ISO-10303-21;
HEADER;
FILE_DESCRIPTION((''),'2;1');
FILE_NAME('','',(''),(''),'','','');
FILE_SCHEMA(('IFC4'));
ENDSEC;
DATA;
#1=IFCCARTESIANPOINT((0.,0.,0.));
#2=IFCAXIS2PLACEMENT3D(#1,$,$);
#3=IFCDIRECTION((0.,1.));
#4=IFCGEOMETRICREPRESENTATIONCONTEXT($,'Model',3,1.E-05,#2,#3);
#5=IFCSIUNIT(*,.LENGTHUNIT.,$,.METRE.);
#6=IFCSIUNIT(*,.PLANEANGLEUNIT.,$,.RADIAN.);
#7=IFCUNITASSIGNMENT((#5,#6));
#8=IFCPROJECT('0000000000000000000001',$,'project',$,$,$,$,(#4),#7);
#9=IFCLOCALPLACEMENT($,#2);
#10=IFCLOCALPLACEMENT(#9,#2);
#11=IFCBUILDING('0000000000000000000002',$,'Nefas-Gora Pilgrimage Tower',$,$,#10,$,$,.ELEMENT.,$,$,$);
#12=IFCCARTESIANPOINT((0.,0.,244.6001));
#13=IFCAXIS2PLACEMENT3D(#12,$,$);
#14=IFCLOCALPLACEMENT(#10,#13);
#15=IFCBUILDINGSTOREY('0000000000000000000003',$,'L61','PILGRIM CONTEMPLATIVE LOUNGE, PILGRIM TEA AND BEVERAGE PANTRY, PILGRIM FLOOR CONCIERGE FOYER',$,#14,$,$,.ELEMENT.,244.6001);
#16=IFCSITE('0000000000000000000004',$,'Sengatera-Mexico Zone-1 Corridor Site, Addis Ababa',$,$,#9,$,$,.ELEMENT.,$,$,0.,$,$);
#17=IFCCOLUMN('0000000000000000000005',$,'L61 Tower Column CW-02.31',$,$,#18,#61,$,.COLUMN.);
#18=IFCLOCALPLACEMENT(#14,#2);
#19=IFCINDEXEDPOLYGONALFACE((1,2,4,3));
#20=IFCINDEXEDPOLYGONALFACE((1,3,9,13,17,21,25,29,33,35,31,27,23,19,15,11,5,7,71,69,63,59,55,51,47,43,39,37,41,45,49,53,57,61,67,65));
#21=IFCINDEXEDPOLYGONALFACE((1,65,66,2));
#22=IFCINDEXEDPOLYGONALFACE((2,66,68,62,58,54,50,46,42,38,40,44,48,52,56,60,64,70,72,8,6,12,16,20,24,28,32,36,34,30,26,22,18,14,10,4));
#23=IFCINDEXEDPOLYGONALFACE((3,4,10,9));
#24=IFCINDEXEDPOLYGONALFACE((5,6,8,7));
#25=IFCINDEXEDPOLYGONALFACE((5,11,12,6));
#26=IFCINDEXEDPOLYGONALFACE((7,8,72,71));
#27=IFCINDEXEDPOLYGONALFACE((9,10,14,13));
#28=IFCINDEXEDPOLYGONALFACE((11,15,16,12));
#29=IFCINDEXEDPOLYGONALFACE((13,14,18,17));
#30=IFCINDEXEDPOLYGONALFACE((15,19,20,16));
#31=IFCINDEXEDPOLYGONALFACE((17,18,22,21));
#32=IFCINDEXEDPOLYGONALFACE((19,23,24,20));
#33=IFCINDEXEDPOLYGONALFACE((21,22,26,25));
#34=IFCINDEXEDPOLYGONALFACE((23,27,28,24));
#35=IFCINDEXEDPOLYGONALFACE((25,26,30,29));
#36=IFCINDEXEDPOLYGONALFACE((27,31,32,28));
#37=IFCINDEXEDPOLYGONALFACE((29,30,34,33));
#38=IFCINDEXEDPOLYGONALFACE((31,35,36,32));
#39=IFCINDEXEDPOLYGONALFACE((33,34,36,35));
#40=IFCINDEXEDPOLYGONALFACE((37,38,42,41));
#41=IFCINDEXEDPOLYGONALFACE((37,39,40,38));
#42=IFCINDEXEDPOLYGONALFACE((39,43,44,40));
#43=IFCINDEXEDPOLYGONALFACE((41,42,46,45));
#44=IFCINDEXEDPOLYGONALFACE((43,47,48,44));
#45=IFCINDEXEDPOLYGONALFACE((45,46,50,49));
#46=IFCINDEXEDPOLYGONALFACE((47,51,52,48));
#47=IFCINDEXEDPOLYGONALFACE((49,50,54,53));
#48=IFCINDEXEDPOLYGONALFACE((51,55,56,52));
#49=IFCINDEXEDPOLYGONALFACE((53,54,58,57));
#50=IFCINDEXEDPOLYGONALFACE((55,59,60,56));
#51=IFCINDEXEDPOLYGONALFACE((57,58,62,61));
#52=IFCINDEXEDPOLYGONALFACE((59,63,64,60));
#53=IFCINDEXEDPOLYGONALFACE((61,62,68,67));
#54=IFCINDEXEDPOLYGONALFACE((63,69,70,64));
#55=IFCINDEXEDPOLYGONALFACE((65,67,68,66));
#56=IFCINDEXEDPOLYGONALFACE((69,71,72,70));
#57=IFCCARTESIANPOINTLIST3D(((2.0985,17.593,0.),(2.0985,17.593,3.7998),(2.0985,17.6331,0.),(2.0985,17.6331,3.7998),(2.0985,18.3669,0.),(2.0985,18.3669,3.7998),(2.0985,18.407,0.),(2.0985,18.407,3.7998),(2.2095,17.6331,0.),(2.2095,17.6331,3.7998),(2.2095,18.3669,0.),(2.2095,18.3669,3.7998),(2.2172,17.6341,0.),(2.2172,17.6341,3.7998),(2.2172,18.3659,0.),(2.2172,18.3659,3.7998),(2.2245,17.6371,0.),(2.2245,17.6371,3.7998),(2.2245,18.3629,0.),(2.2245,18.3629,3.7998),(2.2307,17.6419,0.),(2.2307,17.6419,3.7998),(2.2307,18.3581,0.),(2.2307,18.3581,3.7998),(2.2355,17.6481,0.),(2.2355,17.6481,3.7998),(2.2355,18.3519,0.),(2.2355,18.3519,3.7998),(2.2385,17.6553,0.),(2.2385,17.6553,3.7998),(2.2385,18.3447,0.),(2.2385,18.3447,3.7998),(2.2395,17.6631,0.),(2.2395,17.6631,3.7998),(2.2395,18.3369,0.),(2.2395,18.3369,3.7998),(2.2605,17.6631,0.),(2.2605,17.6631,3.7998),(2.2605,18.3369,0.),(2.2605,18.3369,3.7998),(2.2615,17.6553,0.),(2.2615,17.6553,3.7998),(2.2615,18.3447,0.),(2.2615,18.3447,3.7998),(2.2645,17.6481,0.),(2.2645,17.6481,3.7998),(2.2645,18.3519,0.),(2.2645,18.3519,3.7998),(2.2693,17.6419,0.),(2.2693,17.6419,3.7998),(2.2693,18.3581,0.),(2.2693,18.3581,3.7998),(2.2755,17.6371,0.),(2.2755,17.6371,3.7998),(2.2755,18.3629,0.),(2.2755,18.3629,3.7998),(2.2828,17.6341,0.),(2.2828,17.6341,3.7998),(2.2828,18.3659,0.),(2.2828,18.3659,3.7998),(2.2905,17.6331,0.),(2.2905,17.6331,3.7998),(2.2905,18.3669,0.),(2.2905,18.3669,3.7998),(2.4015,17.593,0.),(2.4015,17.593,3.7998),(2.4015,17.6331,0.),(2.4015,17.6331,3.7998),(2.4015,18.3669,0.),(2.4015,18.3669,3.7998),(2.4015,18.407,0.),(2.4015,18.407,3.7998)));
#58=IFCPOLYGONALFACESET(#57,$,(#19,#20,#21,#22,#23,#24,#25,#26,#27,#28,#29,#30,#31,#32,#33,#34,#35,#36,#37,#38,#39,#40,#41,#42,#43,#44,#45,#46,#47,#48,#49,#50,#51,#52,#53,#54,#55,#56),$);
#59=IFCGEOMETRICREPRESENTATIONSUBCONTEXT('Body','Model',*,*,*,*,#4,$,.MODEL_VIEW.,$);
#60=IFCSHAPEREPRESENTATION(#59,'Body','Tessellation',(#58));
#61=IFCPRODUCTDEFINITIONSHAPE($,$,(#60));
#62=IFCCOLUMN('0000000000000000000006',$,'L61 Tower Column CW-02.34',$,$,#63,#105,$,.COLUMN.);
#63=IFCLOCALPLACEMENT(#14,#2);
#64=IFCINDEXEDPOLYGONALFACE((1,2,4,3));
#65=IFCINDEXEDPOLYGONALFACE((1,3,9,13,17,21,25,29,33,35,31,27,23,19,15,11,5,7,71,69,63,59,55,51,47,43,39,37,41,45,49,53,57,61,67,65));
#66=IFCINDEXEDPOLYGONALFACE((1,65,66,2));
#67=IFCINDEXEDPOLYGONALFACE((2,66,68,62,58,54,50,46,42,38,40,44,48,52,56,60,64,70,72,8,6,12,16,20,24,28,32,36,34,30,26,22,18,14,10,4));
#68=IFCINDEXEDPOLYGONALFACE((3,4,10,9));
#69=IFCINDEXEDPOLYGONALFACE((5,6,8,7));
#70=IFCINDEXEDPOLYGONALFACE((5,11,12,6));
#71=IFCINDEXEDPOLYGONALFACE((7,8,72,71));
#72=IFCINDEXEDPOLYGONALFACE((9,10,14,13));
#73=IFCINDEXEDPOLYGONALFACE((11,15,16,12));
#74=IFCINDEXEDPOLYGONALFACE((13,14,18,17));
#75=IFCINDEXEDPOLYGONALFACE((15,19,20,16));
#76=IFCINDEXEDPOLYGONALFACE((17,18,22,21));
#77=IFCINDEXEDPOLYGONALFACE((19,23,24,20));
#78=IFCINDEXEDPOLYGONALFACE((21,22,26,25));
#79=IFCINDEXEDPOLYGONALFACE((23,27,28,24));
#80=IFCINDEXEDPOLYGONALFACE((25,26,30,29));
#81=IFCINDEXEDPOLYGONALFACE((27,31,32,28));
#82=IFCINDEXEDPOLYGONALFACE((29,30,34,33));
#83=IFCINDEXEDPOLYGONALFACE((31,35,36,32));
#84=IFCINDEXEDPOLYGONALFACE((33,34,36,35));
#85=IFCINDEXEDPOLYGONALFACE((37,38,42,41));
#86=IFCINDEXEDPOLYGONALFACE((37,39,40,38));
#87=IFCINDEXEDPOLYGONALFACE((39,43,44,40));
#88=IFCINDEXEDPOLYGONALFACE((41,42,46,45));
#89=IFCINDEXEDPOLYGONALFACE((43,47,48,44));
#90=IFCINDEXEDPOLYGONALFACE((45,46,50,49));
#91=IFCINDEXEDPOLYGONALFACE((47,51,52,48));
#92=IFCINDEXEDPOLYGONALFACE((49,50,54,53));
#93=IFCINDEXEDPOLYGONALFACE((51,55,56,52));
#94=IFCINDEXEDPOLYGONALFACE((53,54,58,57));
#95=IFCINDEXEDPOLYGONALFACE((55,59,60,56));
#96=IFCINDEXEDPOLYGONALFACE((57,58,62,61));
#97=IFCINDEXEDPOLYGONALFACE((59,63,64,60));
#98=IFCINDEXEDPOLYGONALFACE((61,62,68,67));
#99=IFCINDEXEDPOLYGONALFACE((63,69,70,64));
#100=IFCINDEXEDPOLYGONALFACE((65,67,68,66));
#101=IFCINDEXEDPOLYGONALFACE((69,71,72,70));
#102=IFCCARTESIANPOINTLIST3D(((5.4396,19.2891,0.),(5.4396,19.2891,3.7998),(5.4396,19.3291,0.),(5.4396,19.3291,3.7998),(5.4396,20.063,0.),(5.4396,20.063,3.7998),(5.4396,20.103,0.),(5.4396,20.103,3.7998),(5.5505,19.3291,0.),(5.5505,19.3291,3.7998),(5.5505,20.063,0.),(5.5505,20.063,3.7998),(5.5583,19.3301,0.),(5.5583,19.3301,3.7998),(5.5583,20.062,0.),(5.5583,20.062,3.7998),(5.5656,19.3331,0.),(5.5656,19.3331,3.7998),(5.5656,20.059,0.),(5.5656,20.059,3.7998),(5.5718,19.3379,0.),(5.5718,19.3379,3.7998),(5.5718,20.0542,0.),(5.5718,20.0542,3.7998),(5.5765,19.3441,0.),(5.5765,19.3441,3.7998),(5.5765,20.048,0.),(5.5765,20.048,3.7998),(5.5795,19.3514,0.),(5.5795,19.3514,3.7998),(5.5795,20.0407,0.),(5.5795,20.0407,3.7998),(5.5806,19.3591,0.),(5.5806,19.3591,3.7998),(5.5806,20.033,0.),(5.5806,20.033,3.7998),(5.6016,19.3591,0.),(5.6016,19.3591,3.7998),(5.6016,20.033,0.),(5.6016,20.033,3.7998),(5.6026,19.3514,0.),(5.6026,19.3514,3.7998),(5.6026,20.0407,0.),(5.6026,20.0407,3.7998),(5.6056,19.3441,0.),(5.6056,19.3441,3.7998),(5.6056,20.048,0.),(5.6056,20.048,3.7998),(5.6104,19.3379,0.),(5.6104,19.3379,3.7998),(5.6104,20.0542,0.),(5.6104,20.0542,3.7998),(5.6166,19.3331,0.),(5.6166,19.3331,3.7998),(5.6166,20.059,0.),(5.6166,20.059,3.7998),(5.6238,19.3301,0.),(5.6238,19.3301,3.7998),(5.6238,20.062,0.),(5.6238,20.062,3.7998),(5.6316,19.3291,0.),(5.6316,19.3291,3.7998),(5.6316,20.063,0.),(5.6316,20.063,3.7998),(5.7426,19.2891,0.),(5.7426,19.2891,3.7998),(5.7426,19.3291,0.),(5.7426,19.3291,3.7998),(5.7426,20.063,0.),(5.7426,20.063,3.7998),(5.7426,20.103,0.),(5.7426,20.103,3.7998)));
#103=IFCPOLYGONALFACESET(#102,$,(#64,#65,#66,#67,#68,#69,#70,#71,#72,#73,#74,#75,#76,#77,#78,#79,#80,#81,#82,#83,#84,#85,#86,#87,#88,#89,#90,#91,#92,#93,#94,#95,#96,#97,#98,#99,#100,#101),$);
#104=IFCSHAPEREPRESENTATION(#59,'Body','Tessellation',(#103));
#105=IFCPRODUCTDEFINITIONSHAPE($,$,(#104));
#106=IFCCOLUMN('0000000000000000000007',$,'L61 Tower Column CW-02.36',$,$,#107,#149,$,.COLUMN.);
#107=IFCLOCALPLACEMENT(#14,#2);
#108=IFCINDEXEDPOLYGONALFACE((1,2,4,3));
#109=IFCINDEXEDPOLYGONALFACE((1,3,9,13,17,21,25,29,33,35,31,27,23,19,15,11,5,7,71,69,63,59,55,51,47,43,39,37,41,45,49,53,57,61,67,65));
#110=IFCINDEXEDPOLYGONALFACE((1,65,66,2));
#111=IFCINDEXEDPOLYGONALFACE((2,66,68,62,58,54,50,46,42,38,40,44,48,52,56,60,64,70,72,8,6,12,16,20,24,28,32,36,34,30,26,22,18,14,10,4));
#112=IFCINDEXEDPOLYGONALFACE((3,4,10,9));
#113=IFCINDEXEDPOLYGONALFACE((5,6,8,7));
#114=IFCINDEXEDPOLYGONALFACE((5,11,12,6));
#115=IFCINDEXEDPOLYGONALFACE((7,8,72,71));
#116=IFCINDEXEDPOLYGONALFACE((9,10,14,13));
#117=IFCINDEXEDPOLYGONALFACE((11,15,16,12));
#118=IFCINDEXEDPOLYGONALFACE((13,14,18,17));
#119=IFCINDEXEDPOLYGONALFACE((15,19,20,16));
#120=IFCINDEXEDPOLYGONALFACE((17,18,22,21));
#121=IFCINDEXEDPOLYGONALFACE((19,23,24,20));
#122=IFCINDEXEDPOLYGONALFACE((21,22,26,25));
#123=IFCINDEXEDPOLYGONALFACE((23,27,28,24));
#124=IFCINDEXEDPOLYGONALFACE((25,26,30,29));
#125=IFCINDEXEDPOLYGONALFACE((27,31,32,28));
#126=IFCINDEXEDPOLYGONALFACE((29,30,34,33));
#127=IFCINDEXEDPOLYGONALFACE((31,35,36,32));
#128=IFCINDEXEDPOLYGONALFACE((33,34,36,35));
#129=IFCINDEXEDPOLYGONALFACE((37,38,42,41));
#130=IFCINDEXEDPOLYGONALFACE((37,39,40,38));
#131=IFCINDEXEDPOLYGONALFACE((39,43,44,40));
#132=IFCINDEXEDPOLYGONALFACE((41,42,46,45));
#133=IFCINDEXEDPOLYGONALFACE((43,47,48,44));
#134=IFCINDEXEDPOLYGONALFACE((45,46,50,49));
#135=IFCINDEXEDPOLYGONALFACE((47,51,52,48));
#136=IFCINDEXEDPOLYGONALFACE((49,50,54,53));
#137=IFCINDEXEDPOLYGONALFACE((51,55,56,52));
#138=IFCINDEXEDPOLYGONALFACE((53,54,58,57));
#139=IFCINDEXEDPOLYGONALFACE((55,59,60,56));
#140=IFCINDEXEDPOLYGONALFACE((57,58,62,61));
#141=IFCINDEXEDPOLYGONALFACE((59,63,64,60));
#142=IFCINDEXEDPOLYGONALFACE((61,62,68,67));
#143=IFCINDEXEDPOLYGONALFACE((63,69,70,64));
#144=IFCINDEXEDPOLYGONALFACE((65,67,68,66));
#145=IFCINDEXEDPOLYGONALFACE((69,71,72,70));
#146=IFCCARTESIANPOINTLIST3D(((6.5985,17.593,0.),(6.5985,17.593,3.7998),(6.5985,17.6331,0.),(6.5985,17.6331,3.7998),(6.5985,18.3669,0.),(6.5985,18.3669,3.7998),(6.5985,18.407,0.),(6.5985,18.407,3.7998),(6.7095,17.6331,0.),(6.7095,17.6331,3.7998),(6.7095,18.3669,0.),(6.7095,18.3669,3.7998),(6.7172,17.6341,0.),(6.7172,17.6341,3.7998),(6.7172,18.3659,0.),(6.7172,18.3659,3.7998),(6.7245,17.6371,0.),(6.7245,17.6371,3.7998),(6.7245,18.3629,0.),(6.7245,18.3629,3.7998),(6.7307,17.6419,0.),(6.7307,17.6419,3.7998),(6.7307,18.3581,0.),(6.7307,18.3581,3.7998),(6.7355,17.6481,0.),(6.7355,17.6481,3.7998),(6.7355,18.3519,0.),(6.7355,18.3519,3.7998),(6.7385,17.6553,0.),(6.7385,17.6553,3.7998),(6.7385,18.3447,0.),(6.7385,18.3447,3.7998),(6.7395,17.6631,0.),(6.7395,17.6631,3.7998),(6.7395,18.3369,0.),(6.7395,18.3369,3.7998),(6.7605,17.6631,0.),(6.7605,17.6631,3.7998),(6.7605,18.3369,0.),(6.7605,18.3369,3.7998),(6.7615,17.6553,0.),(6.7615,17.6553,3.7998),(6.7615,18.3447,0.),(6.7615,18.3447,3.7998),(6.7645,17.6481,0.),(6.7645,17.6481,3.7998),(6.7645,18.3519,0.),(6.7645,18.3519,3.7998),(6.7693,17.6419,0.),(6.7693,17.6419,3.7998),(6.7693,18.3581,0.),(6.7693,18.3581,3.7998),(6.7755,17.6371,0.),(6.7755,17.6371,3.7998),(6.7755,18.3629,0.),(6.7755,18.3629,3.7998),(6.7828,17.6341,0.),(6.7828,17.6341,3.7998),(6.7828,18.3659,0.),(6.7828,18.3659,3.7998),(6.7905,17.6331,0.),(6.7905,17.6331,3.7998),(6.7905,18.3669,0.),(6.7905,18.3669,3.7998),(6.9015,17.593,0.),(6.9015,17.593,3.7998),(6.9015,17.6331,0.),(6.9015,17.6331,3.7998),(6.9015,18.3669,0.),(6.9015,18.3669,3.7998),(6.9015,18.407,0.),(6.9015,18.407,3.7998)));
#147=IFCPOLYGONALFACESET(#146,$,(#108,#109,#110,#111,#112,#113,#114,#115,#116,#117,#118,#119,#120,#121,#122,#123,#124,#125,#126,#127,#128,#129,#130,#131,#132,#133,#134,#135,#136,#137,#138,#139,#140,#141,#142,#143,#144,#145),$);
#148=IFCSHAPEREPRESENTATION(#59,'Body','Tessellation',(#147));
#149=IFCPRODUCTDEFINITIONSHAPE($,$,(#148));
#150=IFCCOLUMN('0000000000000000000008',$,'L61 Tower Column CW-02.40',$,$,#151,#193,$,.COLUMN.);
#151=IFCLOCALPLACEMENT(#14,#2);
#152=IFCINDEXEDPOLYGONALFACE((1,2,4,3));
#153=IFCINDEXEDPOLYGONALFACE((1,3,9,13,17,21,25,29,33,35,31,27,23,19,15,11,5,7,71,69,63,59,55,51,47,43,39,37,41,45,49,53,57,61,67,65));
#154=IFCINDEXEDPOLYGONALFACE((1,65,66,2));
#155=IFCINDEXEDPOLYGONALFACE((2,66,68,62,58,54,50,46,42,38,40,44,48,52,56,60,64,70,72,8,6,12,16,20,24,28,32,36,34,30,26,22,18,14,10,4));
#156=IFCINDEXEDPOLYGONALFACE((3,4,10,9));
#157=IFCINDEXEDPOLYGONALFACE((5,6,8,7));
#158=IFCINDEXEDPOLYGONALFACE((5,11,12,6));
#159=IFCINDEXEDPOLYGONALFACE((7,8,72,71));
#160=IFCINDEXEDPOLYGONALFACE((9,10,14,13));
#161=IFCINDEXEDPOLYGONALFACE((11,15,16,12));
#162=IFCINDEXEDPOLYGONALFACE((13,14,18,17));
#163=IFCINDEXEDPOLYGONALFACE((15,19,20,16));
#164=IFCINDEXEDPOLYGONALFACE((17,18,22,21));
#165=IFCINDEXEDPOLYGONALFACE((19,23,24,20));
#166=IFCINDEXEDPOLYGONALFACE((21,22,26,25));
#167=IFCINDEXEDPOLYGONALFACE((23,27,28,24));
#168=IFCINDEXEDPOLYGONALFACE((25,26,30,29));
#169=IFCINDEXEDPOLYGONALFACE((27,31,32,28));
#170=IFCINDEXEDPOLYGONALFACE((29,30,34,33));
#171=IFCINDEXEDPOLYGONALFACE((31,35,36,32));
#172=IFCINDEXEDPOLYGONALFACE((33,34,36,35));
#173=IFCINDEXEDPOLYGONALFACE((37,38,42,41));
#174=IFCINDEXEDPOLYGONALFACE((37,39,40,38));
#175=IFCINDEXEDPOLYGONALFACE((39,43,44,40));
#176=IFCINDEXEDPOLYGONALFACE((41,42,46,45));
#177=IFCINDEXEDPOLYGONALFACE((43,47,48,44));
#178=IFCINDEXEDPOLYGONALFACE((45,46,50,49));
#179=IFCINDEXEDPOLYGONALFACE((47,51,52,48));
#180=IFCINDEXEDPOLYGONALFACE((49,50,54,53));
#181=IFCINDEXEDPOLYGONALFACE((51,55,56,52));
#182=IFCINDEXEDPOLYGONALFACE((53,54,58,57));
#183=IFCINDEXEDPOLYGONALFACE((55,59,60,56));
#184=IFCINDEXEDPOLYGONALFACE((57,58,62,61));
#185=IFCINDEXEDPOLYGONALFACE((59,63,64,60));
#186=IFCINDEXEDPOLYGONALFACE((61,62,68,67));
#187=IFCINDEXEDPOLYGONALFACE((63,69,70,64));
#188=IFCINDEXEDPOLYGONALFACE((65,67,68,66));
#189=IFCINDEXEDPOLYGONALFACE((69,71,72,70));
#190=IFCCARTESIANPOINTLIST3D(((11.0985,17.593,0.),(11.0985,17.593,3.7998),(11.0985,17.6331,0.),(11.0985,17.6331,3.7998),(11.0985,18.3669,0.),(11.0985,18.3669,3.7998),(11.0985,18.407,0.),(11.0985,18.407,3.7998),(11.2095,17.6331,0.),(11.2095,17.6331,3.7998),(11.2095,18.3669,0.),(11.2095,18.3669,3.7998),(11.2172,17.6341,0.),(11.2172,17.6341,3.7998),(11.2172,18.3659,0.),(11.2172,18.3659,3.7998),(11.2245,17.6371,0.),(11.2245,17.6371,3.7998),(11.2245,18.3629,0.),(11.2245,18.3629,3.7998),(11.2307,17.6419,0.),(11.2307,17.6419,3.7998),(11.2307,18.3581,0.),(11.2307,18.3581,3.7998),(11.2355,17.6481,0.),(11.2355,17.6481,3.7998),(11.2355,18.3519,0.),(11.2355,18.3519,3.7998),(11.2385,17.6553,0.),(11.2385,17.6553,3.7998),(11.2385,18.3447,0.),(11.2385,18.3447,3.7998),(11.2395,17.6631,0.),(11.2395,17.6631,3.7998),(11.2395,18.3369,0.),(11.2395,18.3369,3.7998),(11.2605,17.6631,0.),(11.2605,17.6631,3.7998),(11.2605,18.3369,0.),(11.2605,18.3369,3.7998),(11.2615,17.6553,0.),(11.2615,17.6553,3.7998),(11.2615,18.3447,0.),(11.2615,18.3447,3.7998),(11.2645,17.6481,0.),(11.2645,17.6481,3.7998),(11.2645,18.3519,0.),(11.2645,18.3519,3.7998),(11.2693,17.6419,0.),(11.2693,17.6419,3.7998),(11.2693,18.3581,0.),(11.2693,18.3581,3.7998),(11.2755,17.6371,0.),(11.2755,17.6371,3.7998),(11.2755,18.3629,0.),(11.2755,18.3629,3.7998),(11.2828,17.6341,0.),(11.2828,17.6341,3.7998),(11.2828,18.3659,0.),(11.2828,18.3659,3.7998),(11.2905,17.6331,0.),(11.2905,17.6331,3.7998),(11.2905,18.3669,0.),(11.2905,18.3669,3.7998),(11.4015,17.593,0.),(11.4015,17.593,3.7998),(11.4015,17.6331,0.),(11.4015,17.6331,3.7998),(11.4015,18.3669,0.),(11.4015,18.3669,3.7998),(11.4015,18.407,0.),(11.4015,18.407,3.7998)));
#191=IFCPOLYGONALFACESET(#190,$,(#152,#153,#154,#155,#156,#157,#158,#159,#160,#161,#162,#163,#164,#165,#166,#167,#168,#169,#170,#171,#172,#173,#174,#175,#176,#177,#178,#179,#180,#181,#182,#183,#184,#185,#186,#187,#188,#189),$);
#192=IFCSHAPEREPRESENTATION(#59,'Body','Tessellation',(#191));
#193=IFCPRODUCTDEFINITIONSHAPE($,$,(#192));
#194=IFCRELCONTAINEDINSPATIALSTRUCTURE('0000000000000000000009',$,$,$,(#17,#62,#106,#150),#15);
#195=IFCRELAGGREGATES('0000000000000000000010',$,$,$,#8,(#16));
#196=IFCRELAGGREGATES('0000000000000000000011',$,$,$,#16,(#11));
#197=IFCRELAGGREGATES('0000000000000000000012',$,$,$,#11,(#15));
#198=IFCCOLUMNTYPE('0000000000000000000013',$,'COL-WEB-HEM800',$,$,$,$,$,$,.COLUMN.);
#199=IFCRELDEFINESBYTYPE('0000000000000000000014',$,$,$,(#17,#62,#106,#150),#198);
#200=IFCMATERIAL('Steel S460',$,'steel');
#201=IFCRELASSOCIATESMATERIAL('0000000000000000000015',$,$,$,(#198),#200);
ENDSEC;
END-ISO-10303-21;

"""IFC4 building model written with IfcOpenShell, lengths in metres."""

from ifc_helpers import new_model, si_unit, direction, frame, origin, origin_2d, place, context, subcontext, project, spatial, i_section, extrude, source, transform, mapped, material, material_profile, profile_set, type_object, element, save


model = new_model("IFC4")

# Units and contexts
model_context = context("Model", 3, precision=1e-05, world=origin(), true_north=direction((0.0, 1.0)))
body_context = subcontext(model_context, "Body", "Model", "MODEL_VIEW")
ifc_project = project(units=[si_unit("LENGTHUNIT", "METRE"), si_unit("PLANEANGLEUNIT", "RADIAN")], contexts=[model_context])

# Site, building, storey
site_placement = place(None, origin())
site = spatial("IfcSite", under=ifc_project, at=site_placement, Name="Sengatera-Mexico Zone-1 Corridor Site, Addis Ababa", CompositionType="ELEMENT", RefElevation=0.0)
building_placement = place(site_placement, origin())
building = spatial("IfcBuilding", under=site, at=building_placement, Name="Nefas-Gora Pilgrimage Tower", CompositionType="ELEMENT")
storey_placement = place(building_placement, frame((0.0, 0.0, 244.6001)))
storey = spatial("IfcBuildingStorey", under=building, at=storey_placement, Name="L61", Description="PILGRIM CONTEMPLATIVE LOUNGE, PILGRIM TEA AND BEVERAGE PANTRY, PILGRIM FLOOR CONCIERGE FOYER", CompositionType="ELEMENT", Elevation=244.6001)

# Columns
ifc_material_1 = material(Name="Steel S460", Category="steel")
ifc_material_profile_1 = material_profile(ifc_material_1, i_section(OverallWidth=0.303, OverallDepth=0.814, WebThickness=0.021, FlangeThickness=0.04, FilletRadius=0.03, at=origin_2d()), Name="HEM 800")
ifc_profile_set_1 = profile_set([ifc_material_profile_1], Name="Steel S460")
column_type_1 = type_object("IfcColumnType", Name="COL-WEB-HEM800", PredefinedType="COLUMN", material=ifc_profile_set_1)
shared_shape_1 = source(origin(), body_context, "Body", "SweptSolid", [
    extrude(i_section(OverallWidth=0.303, OverallDepth=0.814, WebThickness=0.021, FlangeThickness=0.04, FilletRadius=0.03, at=origin_2d()), origin(), (0.0, 0.0, 1.0), 3.7998),
])
for number, where, z_axis, x_axis, name in (
    (1, (2.25, 18.0, 0.0), (0.0, 0.0, 1.0), (1.0, 0.0, 0.0), "L61 Tower Column CW-02.31"),
    (2, (5.5911, 19.696, 0.0), (0.0, 0.0, 1.0), (1.0, 0.0, 0.0), "L61 Tower Column CW-02.34"),
    (3, (6.75, 18.0, 0.0), (0.0, 0.0, 1.0), (1.0, 0.0, 0.0), "L61 Tower Column CW-02.36"),
    (4, (11.25, 18.0, 0.0), (0.0, 0.0, 1.0), (1.0, 0.0, 0.0), "L61 Tower Column CW-02.40"),
):
    element("IfcColumn", number, at=place(storey_placement, frame(where, z_axis=z_axis, x_axis=x_axis)), inside=storey, type_object=column_type_1, Name=name, PredefinedType="COLUMN", context=body_context, shape_type="MappedRepresentation", body=[
        mapped(shared_shape_1, transform((0.0, 0.0, 0.0), x_axis=(1.0, 0.0, 0.0), y_axis=(0.0, 1.0, 0.0), z_axis=(0.0, 0.0, 1.0), scale=1.0)),
    ])

save(model, "model.ifc")
